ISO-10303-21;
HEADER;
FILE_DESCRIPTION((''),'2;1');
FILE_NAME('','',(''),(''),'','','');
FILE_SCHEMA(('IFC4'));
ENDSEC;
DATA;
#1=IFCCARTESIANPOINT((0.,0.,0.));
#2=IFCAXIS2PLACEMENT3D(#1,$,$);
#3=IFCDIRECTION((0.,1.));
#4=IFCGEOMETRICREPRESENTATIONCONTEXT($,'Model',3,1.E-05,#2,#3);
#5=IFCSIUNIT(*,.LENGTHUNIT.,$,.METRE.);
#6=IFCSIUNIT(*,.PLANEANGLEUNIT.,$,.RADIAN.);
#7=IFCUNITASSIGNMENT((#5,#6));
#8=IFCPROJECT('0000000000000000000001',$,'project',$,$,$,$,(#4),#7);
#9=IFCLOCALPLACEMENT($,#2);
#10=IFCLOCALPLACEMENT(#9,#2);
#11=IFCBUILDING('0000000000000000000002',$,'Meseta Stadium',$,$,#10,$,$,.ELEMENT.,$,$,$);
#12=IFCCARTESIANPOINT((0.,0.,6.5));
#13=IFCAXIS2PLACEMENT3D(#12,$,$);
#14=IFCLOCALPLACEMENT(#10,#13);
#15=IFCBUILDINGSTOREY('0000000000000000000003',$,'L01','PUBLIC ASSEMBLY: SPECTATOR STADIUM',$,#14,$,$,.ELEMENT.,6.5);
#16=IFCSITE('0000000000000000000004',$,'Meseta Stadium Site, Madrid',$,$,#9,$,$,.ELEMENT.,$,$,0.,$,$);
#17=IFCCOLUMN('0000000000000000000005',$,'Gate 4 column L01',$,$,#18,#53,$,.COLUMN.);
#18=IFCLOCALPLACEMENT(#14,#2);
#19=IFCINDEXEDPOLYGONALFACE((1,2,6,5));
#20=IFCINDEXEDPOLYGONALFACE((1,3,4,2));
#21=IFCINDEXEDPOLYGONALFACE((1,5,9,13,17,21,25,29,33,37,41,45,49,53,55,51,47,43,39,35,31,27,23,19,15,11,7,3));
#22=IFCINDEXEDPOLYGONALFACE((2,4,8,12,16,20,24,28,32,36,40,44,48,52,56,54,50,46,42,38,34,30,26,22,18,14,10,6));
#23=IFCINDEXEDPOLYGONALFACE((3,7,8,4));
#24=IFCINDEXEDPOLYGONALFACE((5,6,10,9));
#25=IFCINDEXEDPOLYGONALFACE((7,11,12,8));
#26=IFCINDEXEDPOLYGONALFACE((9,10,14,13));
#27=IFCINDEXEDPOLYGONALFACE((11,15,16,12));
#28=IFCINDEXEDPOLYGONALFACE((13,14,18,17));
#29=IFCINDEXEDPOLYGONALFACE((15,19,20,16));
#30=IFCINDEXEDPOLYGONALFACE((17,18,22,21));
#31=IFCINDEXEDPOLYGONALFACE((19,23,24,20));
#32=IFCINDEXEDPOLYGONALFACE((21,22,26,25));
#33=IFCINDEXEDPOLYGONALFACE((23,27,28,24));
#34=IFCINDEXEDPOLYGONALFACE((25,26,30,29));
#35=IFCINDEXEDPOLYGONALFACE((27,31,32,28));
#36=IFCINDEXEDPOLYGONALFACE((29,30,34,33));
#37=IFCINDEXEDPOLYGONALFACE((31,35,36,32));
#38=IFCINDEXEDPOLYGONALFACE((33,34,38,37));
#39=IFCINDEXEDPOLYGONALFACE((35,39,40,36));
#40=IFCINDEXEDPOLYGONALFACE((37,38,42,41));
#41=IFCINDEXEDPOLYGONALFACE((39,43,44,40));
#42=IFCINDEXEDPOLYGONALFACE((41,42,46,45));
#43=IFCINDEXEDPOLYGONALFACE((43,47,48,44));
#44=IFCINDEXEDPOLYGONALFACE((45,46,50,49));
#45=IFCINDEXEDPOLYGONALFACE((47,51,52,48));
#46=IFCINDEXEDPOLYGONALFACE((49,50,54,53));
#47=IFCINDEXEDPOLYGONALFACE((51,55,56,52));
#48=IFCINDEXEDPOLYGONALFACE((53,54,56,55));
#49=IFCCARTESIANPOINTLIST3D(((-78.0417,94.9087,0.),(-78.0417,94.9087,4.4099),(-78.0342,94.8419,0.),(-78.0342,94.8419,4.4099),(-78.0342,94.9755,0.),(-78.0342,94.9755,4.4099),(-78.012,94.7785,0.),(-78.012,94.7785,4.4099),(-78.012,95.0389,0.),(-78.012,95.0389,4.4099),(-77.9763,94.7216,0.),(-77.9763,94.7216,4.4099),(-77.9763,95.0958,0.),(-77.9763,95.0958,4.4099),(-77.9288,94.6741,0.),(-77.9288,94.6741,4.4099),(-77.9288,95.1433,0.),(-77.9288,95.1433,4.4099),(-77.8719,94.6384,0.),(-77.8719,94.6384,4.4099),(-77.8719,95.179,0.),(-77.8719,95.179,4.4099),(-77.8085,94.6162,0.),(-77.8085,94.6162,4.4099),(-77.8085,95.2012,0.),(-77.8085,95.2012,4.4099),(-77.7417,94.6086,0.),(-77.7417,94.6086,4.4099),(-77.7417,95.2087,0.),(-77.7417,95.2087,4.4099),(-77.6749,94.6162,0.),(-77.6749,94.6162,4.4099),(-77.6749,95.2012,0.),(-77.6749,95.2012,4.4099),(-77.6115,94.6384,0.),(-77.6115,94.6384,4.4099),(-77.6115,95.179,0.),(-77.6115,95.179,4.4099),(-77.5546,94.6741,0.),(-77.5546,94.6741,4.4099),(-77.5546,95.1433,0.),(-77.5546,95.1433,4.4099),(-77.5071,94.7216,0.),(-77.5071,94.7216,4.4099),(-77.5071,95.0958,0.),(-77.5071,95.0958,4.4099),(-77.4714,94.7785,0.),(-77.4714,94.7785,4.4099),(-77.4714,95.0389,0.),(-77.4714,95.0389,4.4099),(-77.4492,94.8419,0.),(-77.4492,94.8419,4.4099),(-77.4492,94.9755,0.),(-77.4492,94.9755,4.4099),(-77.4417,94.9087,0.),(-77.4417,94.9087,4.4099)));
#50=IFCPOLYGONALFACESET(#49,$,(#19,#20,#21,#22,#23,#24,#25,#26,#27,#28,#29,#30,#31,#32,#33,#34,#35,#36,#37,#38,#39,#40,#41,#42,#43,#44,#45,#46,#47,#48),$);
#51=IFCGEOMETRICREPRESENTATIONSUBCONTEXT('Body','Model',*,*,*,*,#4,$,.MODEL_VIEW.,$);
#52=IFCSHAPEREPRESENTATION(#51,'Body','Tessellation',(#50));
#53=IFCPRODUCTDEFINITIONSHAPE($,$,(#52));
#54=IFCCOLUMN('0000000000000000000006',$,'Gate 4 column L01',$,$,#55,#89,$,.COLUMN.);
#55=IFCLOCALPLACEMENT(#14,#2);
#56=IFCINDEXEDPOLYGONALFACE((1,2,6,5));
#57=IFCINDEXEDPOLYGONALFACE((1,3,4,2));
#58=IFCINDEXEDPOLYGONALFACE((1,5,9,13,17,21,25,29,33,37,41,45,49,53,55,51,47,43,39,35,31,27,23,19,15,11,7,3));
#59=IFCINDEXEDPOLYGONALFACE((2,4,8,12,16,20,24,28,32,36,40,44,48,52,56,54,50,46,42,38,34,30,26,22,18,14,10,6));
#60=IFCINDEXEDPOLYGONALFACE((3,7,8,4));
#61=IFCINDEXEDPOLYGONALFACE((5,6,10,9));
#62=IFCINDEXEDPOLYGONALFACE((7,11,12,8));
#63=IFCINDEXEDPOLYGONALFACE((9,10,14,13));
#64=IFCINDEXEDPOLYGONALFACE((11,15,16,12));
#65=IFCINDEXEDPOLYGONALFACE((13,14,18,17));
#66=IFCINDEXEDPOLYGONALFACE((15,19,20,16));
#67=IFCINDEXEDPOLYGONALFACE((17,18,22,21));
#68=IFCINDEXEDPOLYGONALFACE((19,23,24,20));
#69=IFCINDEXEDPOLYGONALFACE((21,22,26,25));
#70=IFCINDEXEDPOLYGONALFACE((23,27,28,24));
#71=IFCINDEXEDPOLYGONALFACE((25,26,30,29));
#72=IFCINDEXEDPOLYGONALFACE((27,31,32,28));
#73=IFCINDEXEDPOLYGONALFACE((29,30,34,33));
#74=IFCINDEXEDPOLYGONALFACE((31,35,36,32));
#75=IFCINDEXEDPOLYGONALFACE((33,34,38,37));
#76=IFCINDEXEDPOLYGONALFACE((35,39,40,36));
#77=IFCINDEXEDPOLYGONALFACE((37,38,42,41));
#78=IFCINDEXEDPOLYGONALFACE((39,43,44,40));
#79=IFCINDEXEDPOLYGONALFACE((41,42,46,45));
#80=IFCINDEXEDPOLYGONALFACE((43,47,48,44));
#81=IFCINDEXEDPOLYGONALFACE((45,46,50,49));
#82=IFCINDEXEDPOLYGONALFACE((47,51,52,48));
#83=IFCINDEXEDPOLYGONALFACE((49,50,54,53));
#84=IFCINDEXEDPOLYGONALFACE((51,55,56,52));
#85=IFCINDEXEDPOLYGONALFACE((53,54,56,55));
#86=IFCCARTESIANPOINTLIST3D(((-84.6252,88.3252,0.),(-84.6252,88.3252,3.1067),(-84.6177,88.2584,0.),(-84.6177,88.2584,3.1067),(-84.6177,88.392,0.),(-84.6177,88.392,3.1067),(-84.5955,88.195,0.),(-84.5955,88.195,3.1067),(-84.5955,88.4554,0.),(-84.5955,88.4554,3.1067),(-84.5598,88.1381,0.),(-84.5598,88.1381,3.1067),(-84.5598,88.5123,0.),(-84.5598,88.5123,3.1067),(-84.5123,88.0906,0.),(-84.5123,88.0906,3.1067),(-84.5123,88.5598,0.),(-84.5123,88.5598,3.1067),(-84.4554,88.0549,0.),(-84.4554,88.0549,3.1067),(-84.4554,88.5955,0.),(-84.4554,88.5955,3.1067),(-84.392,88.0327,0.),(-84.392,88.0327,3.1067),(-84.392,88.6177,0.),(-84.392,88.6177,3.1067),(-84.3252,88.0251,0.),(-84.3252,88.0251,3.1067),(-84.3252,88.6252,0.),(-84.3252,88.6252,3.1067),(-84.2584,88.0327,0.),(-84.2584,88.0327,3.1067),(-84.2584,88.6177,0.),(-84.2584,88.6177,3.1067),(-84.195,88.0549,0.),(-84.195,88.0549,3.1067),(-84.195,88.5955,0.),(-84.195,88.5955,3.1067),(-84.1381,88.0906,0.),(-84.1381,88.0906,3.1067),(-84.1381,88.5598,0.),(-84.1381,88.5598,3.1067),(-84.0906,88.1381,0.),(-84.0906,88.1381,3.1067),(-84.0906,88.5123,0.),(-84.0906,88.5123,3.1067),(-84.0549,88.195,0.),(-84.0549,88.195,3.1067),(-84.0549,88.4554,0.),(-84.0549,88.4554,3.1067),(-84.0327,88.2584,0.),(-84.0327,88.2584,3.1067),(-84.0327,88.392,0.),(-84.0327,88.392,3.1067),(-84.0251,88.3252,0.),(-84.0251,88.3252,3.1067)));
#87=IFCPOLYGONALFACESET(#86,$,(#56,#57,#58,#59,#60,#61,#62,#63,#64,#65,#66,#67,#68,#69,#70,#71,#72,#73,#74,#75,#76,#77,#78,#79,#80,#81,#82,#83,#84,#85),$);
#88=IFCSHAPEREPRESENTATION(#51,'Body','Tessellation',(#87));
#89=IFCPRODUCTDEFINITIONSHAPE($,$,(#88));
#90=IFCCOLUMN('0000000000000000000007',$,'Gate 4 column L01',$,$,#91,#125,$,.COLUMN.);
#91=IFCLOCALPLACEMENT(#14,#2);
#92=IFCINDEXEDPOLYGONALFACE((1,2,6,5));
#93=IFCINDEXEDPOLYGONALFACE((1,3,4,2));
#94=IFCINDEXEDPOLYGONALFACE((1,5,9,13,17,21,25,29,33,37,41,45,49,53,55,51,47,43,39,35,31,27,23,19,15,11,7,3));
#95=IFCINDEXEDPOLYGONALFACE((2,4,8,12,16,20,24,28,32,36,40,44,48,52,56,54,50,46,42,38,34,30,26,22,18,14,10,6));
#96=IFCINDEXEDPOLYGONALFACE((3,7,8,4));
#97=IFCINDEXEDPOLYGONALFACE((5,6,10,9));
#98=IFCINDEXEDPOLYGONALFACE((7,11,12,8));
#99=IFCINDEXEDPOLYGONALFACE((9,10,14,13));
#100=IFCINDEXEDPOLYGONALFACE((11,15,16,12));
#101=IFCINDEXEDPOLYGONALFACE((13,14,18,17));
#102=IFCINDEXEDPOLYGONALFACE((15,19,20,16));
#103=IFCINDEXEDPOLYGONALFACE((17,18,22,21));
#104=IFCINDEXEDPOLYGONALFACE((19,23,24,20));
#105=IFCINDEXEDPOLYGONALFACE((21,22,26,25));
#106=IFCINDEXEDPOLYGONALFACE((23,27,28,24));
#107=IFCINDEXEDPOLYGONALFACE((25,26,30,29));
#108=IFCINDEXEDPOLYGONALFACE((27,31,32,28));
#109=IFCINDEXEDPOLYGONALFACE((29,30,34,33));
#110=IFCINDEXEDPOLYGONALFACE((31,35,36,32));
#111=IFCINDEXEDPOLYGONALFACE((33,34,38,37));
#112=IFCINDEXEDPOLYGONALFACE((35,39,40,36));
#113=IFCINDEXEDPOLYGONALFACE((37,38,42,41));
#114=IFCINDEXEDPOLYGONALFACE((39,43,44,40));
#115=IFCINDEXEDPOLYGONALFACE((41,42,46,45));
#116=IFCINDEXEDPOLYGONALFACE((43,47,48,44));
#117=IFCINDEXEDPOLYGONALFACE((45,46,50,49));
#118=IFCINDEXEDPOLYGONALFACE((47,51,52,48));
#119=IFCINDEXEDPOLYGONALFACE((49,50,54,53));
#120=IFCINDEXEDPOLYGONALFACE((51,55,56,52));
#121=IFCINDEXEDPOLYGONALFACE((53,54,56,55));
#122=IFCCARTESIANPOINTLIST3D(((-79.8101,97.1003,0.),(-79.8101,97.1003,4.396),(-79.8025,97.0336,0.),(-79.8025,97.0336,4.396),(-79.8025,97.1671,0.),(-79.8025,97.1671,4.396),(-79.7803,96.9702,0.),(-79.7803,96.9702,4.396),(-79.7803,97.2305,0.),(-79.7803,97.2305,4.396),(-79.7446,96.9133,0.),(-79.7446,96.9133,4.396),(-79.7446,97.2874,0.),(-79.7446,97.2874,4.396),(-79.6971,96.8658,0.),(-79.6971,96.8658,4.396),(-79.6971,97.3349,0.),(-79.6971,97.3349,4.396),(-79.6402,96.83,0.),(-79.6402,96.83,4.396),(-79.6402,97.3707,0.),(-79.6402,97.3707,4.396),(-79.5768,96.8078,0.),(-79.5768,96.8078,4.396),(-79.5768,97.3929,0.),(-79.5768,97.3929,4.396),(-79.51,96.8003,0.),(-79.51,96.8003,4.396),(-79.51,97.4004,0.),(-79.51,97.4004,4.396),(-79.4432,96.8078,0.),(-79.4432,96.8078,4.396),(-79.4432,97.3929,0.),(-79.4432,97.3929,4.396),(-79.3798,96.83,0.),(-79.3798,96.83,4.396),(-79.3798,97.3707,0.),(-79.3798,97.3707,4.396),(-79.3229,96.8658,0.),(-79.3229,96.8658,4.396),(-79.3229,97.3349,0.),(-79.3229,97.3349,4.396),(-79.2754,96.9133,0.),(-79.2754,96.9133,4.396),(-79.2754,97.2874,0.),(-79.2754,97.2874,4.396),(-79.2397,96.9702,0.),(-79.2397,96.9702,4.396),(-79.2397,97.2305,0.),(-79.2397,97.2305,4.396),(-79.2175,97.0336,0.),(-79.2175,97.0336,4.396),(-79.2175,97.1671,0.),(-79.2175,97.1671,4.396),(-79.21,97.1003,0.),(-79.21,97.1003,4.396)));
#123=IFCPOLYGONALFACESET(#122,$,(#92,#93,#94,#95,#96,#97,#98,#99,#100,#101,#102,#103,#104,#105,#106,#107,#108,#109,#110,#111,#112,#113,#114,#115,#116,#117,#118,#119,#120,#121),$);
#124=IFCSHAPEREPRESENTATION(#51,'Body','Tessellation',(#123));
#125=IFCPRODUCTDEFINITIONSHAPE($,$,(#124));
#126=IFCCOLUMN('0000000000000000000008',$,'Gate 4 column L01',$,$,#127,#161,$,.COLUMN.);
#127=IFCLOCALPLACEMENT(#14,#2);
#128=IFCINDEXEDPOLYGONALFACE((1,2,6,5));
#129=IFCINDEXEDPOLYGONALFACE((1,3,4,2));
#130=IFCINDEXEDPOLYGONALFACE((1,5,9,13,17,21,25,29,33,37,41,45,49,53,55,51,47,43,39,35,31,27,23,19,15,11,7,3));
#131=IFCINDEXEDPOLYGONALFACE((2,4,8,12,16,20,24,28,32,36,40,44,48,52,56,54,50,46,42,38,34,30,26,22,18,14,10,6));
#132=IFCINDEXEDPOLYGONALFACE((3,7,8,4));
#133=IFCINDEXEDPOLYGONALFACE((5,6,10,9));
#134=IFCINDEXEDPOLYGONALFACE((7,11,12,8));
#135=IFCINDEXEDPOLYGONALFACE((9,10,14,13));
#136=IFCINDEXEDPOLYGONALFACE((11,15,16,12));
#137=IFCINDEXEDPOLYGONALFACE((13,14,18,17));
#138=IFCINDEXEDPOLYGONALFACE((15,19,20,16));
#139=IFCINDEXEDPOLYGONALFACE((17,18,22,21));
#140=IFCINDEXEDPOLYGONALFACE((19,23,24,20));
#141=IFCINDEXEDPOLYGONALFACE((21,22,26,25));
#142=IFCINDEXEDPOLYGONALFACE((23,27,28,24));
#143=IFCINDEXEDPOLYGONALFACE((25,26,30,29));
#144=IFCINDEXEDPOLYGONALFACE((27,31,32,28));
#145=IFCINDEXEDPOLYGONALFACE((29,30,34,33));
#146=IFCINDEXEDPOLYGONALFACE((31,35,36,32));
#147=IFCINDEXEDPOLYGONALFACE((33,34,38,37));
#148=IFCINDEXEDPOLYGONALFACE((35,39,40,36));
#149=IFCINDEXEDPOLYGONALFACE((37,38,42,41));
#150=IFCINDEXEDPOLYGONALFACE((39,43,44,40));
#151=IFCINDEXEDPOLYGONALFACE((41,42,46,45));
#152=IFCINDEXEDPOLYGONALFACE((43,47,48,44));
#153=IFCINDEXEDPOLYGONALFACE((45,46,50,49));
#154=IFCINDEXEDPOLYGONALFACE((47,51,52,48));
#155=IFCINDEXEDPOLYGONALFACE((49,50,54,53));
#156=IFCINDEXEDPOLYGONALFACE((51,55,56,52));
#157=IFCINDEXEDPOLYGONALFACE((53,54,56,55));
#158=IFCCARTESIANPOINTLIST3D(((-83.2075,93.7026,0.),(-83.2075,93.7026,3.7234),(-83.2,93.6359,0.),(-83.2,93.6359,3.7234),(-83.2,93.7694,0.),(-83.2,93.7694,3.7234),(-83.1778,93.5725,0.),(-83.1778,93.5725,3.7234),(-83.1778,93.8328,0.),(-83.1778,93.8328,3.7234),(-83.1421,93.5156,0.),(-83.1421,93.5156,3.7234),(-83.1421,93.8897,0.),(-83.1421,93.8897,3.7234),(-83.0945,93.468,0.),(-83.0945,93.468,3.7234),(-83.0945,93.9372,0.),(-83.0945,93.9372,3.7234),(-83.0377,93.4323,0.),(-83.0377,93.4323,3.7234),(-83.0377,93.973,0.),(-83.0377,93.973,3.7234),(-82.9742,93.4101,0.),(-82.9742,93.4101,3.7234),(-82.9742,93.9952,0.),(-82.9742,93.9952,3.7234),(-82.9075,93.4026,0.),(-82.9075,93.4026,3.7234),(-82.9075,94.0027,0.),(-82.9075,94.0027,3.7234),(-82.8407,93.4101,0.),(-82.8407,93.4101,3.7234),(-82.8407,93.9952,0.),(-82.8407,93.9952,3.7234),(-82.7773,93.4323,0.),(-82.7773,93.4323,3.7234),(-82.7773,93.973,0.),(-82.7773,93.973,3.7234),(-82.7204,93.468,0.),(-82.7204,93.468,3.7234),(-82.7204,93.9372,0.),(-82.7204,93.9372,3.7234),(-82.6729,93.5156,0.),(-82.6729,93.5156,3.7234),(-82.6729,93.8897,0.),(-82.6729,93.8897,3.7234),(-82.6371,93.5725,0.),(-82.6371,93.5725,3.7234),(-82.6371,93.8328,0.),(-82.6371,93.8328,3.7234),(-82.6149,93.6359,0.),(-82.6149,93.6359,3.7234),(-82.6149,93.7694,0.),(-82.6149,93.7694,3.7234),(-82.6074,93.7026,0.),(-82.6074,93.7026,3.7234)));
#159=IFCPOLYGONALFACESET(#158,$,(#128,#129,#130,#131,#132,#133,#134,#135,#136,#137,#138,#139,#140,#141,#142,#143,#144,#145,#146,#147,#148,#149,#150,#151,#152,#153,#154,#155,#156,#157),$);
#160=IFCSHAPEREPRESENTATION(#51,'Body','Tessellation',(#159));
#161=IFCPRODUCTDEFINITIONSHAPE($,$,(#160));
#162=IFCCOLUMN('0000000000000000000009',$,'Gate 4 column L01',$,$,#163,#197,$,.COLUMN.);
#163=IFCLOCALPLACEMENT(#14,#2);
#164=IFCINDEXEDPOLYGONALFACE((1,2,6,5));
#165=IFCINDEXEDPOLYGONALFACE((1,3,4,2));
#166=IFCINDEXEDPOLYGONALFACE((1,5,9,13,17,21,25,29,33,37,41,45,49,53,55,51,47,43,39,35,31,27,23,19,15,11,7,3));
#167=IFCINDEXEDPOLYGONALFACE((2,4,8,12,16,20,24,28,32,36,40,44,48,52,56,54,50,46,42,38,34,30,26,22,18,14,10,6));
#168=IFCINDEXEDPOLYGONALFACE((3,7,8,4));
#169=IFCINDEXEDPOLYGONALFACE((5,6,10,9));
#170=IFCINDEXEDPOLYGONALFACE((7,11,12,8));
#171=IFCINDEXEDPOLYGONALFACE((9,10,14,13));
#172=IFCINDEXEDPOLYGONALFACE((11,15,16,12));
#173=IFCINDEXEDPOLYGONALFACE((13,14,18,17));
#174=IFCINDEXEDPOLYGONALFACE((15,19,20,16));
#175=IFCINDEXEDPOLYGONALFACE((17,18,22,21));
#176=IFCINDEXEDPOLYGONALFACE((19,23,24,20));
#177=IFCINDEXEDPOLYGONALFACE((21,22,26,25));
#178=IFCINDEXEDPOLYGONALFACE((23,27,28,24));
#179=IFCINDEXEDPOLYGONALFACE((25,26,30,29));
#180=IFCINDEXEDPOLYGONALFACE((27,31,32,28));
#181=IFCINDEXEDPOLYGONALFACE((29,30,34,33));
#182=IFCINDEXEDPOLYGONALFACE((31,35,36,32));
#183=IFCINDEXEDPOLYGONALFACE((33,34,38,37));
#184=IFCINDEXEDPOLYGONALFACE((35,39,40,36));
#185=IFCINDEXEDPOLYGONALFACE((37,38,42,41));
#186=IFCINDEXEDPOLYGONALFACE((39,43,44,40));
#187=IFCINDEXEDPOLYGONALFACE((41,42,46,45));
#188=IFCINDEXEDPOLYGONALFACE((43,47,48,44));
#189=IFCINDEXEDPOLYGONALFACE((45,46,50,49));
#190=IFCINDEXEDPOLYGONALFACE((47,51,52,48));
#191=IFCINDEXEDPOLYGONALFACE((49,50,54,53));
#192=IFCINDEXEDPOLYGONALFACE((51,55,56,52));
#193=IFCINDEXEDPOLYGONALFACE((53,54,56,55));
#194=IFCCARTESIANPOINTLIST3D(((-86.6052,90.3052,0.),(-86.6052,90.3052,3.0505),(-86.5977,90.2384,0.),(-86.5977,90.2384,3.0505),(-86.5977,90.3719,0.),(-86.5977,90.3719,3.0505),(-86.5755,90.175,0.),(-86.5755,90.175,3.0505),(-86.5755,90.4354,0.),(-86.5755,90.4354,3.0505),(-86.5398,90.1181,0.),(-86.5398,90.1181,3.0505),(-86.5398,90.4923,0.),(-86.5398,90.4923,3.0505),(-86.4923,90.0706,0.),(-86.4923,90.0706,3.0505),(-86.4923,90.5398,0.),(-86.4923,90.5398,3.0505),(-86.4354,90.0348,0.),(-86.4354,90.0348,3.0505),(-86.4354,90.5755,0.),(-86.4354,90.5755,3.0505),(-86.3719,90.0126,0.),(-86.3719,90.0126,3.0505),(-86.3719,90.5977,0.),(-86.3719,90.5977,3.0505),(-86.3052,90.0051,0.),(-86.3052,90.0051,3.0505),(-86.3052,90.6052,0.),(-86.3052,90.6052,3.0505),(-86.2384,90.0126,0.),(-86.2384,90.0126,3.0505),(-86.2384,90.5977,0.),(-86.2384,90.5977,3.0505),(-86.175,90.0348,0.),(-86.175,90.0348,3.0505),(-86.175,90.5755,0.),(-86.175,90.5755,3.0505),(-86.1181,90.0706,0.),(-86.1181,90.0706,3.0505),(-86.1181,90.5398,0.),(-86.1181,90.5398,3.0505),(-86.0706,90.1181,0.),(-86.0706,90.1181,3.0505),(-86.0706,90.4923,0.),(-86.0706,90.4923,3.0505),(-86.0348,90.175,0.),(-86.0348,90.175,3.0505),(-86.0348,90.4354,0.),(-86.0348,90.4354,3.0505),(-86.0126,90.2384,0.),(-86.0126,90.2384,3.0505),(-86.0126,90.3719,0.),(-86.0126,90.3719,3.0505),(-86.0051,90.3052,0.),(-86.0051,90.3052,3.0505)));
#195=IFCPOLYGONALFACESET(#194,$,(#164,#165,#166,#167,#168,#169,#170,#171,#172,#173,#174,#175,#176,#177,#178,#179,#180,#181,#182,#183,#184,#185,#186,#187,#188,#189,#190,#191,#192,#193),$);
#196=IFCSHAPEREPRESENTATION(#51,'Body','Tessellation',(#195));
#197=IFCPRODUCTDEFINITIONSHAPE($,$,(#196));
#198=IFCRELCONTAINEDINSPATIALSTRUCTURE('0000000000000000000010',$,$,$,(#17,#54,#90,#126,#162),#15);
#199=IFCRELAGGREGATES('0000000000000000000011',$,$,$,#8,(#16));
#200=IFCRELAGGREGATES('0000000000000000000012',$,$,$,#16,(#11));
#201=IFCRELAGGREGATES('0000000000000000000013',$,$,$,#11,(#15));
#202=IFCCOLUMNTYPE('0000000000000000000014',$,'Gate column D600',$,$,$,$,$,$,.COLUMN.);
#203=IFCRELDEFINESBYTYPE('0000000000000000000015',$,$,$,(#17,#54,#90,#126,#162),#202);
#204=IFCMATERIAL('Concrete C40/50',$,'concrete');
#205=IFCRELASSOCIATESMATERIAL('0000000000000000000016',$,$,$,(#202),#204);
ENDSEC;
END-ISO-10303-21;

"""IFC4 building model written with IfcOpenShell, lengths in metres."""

from ifc_helpers import new_model, si_unit, direction, frame, origin, origin_2d, place, context, subcontext, project, spatial, circle, extrude, material, material_profile, profile_set, type_object, element, save


model = new_model("IFC4")

# Units and contexts
model_context = context("Model", 3, precision=1e-05, world=origin(), true_north=direction((0.0, 1.0)))
body_context = subcontext(model_context, "Body", "Model", "MODEL_VIEW")
ifc_project = project(units=[si_unit("LENGTHUNIT", "METRE"), si_unit("PLANEANGLEUNIT", "RADIAN")], contexts=[model_context])

# Site, building, storey
site_placement = place(None, origin())
site = spatial("IfcSite", under=ifc_project, at=site_placement, Name="Meseta Stadium Site, Madrid", CompositionType="ELEMENT", RefElevation=0.0)
building_placement = place(site_placement, origin())
building = spatial("IfcBuilding", under=site, at=building_placement, Name="Meseta Stadium", CompositionType="ELEMENT")
storey_placement = place(building_placement, frame((0.0, 0.0, 6.5)))
storey = spatial("IfcBuildingStorey", under=building, at=storey_placement, Name="L01", Description="PUBLIC ASSEMBLY: SPECTATOR STADIUM", CompositionType="ELEMENT", Elevation=6.5)

# Columns
ifc_material_1 = material(Name="Concrete C40/50", Category="concrete")
ifc_material_profile_1 = material_profile(ifc_material_1, circle(Radius=0.3, at=origin_2d()), Name="RC D600")
ifc_profile_set_1 = profile_set([ifc_material_profile_1], Name="Concrete C40/50")
column_type_1 = type_object("IfcColumnType", Name="Gate column D600", PredefinedType="COLUMN", material=ifc_profile_set_1)
column_1_placement = place(storey_placement, frame((-77.7417, 94.9087, 0.0), z_axis=(0.0, 0.0, 1.0), x_axis=(1.0, 0.0, 0.0)))
element("IfcColumn", 1, at=column_1_placement, inside=storey, type_object=column_type_1, Name="Gate 4 column L01", PredefinedType="COLUMN", context=body_context, shape_type="SweptSolid", body=[
    extrude(circle(Radius=0.3, at=origin_2d()), origin(), (0.0, 0.0, 1.0), 4.4099),
])
column_2_placement = place(storey_placement, frame((-84.3252, 88.3252, 0.0), z_axis=(0.0, 0.0, 1.0), x_axis=(1.0, 0.0, 0.0)))
element("IfcColumn", 2, at=column_2_placement, inside=storey, type_object=column_type_1, Name="Gate 4 column L01", PredefinedType="COLUMN", context=body_context, shape_type="SweptSolid", body=[
    extrude(circle(Radius=0.3, at=origin_2d()), origin(), (0.0, 0.0, 1.0), 3.1067),
])
column_3_placement = place(storey_placement, frame((-79.51, 97.1003, 0.0), z_axis=(0.0, 0.0, 1.0), x_axis=(1.0, 0.0, 0.0)))
element("IfcColumn", 3, at=column_3_placement, inside=storey, type_object=column_type_1, Name="Gate 4 column L01", PredefinedType="COLUMN", context=body_context, shape_type="SweptSolid", body=[
    extrude(circle(Radius=0.3, at=origin_2d()), origin(), (0.0, 0.0, 1.0), 4.396),
])
column_4_placement = place(storey_placement, frame((-82.9075, 93.7026, 0.0), z_axis=(0.0, 0.0, 1.0), x_axis=(1.0, 0.0, 0.0)))
element("IfcColumn", 4, at=column_4_placement, inside=storey, type_object=column_type_1, Name="Gate 4 column L01", PredefinedType="COLUMN", context=body_context, shape_type="SweptSolid", body=[
    extrude(circle(Radius=0.3, at=origin_2d()), origin(), (0.0, 0.0, 1.0), 3.7234),
])
column_5_placement = place(storey_placement, frame((-86.3052, 90.3052, 0.0), z_axis=(0.0, 0.0, 1.0), x_axis=(1.0, 0.0, 0.0)))
element("IfcColumn", 5, at=column_5_placement, inside=storey, type_object=column_type_1, Name="Gate 4 column L01", PredefinedType="COLUMN", context=body_context, shape_type="SweptSolid", body=[
    extrude(circle(Radius=0.3, at=origin_2d()), origin(), (0.0, 0.0, 1.0), 3.0505),
])

save(model, "model.ifc")
